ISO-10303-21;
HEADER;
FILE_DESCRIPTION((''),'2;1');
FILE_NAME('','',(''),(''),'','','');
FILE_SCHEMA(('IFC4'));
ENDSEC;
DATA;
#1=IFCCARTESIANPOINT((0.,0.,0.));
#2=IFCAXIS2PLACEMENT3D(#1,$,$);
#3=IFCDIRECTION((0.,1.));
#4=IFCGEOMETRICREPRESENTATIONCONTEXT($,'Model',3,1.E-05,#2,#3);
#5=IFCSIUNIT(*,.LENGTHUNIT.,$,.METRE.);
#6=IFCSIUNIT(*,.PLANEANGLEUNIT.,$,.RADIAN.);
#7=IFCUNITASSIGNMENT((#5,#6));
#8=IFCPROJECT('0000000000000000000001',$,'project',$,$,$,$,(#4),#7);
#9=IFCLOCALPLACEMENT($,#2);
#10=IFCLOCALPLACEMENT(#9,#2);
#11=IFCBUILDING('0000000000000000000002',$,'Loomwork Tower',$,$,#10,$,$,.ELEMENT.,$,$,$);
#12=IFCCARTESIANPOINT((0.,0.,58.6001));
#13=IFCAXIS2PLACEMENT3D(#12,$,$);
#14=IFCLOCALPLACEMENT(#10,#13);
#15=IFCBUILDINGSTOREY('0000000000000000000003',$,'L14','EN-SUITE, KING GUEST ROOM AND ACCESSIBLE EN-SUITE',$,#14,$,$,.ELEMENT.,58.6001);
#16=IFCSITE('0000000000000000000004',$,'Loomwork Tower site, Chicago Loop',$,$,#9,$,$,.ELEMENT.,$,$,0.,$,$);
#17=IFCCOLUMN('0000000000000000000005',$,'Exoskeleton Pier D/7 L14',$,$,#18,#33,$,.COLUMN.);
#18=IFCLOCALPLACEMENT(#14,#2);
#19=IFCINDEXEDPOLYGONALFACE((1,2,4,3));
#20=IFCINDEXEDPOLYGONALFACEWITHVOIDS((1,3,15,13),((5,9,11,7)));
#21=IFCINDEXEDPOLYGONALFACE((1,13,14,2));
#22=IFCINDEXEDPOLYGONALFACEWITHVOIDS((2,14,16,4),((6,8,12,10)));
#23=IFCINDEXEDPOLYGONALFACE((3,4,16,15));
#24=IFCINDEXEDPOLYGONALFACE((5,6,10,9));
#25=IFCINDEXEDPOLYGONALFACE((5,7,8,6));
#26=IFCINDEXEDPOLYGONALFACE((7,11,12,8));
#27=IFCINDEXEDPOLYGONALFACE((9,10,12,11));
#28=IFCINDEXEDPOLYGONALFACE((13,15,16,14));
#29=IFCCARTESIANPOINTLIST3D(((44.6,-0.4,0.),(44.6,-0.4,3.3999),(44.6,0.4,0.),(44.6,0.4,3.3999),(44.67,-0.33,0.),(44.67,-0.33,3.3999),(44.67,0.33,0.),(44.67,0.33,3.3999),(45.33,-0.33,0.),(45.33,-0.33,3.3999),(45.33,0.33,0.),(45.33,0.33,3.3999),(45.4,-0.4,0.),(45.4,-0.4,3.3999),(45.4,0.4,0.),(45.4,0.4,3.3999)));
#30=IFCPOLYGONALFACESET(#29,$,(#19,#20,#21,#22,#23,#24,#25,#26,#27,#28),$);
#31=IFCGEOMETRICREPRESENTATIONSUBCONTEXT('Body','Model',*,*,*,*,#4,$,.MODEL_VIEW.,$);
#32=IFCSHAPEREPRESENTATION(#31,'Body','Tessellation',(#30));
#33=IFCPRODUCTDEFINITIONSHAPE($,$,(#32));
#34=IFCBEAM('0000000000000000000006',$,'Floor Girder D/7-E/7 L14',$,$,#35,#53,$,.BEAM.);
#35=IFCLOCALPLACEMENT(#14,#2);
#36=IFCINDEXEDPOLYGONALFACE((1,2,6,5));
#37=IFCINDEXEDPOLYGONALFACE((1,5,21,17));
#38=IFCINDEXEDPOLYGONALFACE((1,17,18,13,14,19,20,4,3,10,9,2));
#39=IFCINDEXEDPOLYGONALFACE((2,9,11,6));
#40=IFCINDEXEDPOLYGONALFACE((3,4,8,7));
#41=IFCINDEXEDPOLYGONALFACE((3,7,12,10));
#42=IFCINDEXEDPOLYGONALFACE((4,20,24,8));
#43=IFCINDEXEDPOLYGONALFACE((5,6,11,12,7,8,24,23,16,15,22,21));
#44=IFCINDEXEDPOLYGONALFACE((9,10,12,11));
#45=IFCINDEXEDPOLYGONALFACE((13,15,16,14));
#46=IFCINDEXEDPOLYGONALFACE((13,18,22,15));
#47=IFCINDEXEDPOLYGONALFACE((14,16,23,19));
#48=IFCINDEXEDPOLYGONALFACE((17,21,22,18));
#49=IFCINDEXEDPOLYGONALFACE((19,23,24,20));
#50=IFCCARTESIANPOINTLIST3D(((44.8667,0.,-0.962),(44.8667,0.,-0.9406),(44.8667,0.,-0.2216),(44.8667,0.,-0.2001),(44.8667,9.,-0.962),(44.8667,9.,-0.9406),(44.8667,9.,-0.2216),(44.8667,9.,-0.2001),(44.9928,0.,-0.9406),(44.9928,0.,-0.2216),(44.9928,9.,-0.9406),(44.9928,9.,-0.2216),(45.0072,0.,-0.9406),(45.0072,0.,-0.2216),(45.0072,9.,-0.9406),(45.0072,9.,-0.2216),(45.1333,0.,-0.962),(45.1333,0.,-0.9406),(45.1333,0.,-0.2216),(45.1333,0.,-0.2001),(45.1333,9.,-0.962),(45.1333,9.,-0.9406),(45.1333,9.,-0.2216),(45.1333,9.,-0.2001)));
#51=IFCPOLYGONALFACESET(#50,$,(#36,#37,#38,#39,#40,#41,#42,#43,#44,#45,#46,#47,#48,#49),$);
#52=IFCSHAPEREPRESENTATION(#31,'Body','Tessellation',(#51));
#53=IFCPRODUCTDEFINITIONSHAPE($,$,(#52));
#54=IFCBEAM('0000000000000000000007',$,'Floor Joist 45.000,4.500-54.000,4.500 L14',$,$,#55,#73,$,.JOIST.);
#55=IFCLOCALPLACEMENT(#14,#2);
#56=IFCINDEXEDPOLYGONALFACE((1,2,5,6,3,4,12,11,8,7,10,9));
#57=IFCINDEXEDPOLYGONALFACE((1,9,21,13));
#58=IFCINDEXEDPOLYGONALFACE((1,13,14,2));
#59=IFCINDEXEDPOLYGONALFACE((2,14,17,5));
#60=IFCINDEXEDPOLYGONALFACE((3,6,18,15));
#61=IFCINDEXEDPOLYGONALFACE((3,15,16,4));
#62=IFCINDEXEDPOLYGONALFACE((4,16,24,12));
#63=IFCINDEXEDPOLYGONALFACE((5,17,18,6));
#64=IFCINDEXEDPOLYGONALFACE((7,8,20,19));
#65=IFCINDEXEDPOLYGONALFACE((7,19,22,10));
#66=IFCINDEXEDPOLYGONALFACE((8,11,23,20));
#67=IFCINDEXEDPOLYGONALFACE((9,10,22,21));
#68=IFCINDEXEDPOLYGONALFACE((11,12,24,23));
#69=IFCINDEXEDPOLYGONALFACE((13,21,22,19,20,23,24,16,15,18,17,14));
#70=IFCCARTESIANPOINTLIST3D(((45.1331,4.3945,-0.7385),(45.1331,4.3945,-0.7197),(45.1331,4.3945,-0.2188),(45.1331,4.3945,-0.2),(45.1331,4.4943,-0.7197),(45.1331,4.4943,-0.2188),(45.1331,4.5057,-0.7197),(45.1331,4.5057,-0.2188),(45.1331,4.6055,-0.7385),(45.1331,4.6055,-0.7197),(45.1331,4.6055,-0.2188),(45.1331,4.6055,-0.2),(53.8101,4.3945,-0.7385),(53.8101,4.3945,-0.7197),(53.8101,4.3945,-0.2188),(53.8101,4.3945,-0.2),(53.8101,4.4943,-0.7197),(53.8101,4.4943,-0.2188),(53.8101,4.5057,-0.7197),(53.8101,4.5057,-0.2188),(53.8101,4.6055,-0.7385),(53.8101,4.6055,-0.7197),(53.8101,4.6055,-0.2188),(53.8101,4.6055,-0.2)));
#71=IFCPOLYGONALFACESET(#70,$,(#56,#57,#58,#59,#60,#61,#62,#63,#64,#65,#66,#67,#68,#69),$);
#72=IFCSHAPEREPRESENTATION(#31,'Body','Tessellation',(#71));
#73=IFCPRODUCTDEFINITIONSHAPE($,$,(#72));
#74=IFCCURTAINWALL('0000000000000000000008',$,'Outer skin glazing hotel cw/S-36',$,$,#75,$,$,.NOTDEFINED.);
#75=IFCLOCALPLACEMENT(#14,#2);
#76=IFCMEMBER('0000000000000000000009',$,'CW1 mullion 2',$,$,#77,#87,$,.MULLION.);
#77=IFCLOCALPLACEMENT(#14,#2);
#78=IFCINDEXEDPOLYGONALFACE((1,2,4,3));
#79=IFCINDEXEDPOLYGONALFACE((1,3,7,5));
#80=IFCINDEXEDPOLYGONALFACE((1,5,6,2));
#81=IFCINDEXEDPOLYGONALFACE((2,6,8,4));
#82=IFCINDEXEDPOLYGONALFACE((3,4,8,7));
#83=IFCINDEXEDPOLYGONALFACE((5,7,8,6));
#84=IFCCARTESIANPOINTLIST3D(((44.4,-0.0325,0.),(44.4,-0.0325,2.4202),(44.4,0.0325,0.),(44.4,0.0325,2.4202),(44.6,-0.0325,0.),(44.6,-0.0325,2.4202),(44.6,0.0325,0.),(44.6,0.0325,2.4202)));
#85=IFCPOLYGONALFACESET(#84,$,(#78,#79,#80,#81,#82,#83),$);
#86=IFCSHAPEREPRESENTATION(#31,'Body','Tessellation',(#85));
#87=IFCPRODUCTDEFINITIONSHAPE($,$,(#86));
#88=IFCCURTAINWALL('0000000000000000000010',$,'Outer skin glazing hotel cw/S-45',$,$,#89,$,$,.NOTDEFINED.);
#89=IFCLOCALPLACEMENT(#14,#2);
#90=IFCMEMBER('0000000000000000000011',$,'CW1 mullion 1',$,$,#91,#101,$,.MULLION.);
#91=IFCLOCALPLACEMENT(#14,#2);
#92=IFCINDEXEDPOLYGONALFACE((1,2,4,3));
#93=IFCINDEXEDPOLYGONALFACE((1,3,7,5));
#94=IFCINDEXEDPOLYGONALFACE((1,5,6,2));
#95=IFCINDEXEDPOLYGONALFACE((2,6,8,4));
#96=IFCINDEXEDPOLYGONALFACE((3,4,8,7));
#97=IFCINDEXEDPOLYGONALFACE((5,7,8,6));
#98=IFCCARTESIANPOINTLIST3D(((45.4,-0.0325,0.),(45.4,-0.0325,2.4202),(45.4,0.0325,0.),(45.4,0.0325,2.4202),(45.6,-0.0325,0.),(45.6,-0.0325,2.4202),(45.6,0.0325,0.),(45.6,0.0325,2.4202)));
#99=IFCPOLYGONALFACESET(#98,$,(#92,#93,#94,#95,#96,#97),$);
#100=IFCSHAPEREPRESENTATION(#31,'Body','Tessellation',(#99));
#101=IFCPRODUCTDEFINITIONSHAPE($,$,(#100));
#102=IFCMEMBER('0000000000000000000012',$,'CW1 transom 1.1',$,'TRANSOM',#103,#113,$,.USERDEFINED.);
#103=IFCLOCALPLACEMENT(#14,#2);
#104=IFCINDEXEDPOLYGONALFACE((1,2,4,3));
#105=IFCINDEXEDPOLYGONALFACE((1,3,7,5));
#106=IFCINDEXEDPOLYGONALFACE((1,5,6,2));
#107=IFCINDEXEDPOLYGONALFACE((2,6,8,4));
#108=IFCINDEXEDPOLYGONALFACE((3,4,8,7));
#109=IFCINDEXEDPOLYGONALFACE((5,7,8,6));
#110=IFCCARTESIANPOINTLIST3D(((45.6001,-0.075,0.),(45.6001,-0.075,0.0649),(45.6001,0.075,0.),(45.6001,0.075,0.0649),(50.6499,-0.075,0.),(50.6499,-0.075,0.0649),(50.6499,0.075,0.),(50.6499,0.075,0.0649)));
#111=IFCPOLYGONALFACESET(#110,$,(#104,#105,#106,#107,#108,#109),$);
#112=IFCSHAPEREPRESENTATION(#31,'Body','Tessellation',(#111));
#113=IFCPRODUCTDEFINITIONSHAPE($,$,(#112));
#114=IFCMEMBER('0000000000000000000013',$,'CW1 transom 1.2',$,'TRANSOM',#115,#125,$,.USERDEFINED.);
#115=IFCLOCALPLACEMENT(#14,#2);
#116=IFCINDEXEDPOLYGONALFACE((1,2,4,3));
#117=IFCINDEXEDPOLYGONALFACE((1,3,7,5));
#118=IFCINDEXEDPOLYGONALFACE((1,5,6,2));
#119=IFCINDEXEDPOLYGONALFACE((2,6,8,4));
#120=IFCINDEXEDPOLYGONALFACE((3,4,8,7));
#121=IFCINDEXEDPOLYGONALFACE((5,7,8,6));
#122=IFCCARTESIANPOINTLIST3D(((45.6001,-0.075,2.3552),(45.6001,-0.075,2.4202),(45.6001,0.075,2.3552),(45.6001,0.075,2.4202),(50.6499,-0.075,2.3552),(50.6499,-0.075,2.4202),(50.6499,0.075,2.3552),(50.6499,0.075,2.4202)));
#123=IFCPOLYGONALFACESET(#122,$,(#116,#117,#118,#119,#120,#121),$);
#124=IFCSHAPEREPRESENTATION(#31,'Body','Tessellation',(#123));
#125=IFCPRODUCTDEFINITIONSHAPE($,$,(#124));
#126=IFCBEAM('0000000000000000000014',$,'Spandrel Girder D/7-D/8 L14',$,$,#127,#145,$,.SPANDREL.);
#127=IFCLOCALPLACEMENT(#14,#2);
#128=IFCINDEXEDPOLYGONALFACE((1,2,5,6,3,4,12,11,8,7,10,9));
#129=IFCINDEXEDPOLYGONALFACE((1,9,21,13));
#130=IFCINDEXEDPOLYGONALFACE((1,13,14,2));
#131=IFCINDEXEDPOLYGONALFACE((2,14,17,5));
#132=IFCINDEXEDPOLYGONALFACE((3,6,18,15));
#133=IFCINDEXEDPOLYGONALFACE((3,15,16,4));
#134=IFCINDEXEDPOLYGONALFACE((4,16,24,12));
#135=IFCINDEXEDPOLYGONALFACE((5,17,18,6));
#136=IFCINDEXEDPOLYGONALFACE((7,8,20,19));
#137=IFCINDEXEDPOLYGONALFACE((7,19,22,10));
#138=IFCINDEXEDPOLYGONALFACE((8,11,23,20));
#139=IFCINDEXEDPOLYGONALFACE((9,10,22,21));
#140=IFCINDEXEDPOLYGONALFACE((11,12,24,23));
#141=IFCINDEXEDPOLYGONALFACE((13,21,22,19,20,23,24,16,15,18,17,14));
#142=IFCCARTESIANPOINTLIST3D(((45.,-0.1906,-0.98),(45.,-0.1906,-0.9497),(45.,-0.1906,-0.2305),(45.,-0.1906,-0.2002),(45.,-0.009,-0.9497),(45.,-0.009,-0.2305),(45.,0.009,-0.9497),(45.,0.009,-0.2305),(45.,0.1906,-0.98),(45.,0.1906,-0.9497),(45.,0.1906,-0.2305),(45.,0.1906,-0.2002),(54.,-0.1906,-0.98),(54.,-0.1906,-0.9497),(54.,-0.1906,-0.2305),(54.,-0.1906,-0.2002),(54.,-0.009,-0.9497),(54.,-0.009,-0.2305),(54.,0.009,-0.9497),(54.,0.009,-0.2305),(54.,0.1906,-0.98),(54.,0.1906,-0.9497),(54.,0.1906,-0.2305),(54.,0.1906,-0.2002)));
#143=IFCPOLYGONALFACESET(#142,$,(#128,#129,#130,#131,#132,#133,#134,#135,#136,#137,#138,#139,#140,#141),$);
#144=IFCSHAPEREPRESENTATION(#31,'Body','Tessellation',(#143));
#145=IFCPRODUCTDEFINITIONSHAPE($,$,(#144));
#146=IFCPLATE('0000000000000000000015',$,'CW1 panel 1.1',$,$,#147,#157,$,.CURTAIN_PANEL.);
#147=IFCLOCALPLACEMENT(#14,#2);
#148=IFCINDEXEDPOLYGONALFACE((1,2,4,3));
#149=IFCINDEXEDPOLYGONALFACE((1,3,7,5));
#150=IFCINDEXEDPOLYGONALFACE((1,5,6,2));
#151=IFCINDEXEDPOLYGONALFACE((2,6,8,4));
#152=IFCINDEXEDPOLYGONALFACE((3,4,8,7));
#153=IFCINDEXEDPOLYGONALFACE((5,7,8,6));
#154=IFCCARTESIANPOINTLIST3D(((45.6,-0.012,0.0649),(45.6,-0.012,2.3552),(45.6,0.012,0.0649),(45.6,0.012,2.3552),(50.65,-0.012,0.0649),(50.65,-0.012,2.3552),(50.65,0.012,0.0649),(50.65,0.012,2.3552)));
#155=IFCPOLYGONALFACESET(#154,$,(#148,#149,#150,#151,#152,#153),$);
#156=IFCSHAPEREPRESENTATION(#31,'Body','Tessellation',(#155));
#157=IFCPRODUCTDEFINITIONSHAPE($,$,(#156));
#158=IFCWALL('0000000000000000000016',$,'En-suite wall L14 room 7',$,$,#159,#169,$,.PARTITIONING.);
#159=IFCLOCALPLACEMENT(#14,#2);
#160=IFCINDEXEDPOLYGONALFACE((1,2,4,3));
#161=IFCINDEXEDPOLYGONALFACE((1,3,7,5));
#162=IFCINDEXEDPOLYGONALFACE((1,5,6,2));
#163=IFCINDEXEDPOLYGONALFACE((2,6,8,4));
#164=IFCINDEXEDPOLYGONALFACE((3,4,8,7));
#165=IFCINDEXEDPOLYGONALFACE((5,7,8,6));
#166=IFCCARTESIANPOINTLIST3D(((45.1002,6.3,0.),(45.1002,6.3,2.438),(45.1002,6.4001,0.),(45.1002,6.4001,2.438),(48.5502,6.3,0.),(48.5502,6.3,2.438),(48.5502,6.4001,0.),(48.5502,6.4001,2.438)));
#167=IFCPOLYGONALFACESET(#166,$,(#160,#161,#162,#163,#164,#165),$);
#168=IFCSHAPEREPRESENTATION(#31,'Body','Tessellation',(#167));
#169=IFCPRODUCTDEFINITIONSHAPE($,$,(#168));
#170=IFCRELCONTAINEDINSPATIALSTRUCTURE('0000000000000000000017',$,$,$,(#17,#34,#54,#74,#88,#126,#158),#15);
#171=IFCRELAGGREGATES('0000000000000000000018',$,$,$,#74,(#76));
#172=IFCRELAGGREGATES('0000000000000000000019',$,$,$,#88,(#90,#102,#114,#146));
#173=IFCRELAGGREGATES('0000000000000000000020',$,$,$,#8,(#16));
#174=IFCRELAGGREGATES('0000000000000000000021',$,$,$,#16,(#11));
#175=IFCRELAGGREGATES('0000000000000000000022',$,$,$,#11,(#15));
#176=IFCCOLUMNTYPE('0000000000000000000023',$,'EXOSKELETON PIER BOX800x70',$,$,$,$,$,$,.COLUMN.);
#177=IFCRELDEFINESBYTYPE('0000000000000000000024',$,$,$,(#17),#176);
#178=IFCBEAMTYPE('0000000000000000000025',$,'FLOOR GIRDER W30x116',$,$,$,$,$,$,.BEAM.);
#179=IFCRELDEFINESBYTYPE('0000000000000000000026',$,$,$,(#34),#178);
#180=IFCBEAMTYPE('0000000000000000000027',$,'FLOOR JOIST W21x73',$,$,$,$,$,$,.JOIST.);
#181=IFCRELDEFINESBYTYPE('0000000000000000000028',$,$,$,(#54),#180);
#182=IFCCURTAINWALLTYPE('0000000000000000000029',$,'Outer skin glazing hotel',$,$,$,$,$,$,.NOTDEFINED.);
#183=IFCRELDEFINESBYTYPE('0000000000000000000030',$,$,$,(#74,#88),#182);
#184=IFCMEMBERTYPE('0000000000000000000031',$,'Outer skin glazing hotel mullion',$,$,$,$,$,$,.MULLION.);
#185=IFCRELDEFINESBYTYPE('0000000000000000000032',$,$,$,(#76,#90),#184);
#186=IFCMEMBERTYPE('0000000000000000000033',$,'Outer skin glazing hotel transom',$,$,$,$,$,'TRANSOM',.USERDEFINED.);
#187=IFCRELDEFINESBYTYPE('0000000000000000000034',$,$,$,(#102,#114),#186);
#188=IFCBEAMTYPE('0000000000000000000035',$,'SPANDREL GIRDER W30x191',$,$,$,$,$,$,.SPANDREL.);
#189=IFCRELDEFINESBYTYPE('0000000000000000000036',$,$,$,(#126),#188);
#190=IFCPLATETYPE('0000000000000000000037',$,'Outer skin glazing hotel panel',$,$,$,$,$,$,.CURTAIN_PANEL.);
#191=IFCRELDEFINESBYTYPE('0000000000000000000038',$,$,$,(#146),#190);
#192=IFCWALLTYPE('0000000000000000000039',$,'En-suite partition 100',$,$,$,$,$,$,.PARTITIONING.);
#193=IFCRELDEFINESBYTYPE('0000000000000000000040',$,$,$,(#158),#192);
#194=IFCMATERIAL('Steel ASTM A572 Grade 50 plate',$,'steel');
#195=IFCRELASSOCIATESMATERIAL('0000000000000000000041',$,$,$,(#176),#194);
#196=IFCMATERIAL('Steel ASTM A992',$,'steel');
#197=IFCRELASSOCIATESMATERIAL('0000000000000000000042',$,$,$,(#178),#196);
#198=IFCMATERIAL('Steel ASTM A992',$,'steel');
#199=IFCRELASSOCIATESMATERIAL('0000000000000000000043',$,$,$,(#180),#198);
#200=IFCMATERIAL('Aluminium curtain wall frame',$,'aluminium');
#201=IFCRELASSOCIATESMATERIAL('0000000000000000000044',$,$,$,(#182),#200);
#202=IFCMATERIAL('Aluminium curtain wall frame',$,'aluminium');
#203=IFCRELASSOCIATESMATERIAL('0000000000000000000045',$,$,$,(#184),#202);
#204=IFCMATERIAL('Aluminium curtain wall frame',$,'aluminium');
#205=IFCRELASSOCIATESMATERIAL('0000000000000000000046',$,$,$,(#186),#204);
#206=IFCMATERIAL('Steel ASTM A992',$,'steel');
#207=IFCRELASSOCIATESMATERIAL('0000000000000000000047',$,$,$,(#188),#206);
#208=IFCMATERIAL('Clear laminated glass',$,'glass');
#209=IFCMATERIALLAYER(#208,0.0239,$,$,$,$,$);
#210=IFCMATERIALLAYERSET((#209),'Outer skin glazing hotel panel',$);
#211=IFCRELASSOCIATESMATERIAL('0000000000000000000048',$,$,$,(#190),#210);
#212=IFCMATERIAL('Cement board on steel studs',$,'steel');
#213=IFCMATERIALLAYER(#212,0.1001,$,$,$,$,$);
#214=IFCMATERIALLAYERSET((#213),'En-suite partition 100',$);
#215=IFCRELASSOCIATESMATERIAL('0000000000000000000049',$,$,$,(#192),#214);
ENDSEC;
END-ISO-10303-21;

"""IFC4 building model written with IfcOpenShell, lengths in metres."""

from ifc_helpers import new_model, si_unit, direction, frame, frame_2d, origin, origin_2d, place, context, subcontext, project, spatial, rectangle, hollow_rectangle, i_section, extrude, material, layer, layer_set, material_profile, profile_set, type_object, element, aggregate, save


model = new_model("IFC4")

# Units and contexts
model_context = context("Model", 3, precision=1e-05, world=origin(), true_north=direction((0.0, 1.0)))
body_context = subcontext(model_context, "Body", "Model", "MODEL_VIEW")
ifc_project = project(units=[si_unit("LENGTHUNIT", "METRE"), si_unit("PLANEANGLEUNIT", "RADIAN")], contexts=[model_context])

# Site, building, storey
site_placement = place(None, origin())
site = spatial("IfcSite", under=ifc_project, at=site_placement, Name="Loomwork Tower site, Chicago Loop", CompositionType="ELEMENT", RefElevation=0.0)
building_placement = place(site_placement, origin())
building = spatial("IfcBuilding", under=site, at=building_placement, Name="Loomwork Tower", CompositionType="ELEMENT")
storey_placement = place(building_placement, frame((0.0, 0.0, 58.6001)))
storey = spatial("IfcBuildingStorey", under=building, at=storey_placement, Name="L14", Description="EN-SUITE, KING GUEST ROOM AND ACCESSIBLE EN-SUITE", CompositionType="ELEMENT", Elevation=58.6001)

# Column
ifc_material_1 = material(Name="Steel ASTM A572 Grade 50 plate", Category="steel")
ifc_material_profile_1 = material_profile(ifc_material_1, hollow_rectangle(XDim=0.8, YDim=0.8, WallThickness=0.0701, at=origin_2d()), Name="BOX800x70")
ifc_profile_set_1 = profile_set([ifc_material_profile_1], Name="Steel ASTM A572 Grade 50 plate")
column_type = type_object("IfcColumnType", Name="EXOSKELETON PIER BOX800x70", PredefinedType="COLUMN", material=ifc_profile_set_1)
column_placement = place(storey_placement, frame((45.0, 0.0, 0.0), z_axis=(0.0, 0.0, 1.0), x_axis=(1.0, 0.0, 0.0)))
element("IfcColumn", 1, at=column_placement, inside=storey, type_object=column_type, Name="Exoskeleton Pier D/7 L14", PredefinedType="COLUMN", context=body_context, shape_type="SweptSolid", body=[
    extrude(hollow_rectangle(XDim=0.8, YDim=0.8, WallThickness=0.0701, at=origin_2d()), origin(), (0.0, 0.0, 1.0), 3.3999),
])

# Beams
ifc_material_2 = material(Name="Steel ASTM A992", Category="steel")
ifc_material_profile_2 = material_profile(ifc_material_2, i_section(OverallWidth=0.2666, OverallDepth=0.762, WebThickness=0.0144, FlangeThickness=0.0215, at=origin_2d()), Name="W30x116")
ifc_profile_set_2 = profile_set([ifc_material_profile_2], Name="Steel ASTM A992")
beam_type_1 = type_object("IfcBeamType", Name="FLOOR GIRDER W30x116", PredefinedType="BEAM", material=ifc_profile_set_2)
beam_1_placement = place(storey_placement, frame((45.0, 0.0, -0.5811), z_axis=(0.0, 1.0, 0.0), x_axis=(-1.0, 0.0, 0.0)))
element("IfcBeam", 2, at=beam_1_placement, inside=storey, type_object=beam_type_1, Name="Floor Girder D/7-E/7 L14", PredefinedType="BEAM", context=body_context, shape_type="SweptSolid", body=[
    extrude(i_section(OverallWidth=0.2666, OverallDepth=0.762, WebThickness=0.0144, FlangeThickness=0.0215, at=origin_2d()), origin(), (0.0, 0.0, 1.0), 9.0),
])
ifc_material_3 = material(Name="Steel ASTM A992", Category="steel")
ifc_material_profile_3 = material_profile(ifc_material_3, i_section(OverallWidth=0.2109, OverallDepth=0.5386, WebThickness=0.0115, FlangeThickness=0.0188, at=origin_2d()), Name="W21x73")
ifc_profile_set_3 = profile_set([ifc_material_profile_3], Name="Steel ASTM A992")
beam_type_2 = type_object("IfcBeamType", Name="FLOOR JOIST W21x73", PredefinedType="JOIST", material=ifc_profile_set_3)
beam_2_placement = place(storey_placement, frame((45.1331, 4.5, -0.4692), z_axis=(1.0, 0.0, 0.0), x_axis=(0.0, 1.0, 0.0)))
element("IfcBeam", 3, at=beam_2_placement, inside=storey, type_object=beam_type_2, Name="Floor Joist 45.000,4.500-54.000,4.500 L14", PredefinedType="JOIST", context=body_context, shape_type="SweptSolid", body=[
    extrude(i_section(OverallWidth=0.2109, OverallDepth=0.5386, WebThickness=0.0115, FlangeThickness=0.0188, at=origin_2d()), origin(), (0.0, 0.0, 1.0), 8.677),
])

# Curtain wall, member
ifc_material_4 = material(Name="Aluminium curtain wall frame", Category="aluminium")
curtain_wall_type = type_object("IfcCurtainWallType", Name="Outer skin glazing hotel", PredefinedType="NOTDEFINED", material=ifc_material_4)
curtain_wall_1_placement = place(storey_placement, origin())
curtain_wall_1 = element("IfcCurtainWall", 4, at=curtain_wall_1_placement, inside=storey, type_object=curtain_wall_type, Name="Outer skin glazing hotel cw/S-36", PredefinedType="NOTDEFINED")
ifc_material_5 = material(Name="Aluminium curtain wall frame", Category="aluminium")
ifc_material_profile_4 = material_profile(ifc_material_5, rectangle(XDim=0.0649, YDim=0.2, at=origin_2d()), Name="AL 65x200")
ifc_profile_set_4 = profile_set([ifc_material_profile_4], Name="Aluminium curtain wall frame")
member_type_1 = type_object("IfcMemberType", Name="Outer skin glazing hotel mullion", PredefinedType="MULLION", material=ifc_profile_set_4)
member_1_placement = place(storey_placement, frame((44.5, 0.0, 0.0), z_axis=(0.0, 0.0, 1.0), x_axis=(0.0, 1.0, 0.0)))
member_1 = element("IfcMember", 5, at=member_1_placement, type_object=member_type_1, Name="CW1 mullion 2", PredefinedType="MULLION", context=body_context, shape_type="SweptSolid", body=[
    extrude(rectangle(XDim=0.0649, YDim=0.2, at=origin_2d()), origin(), (0.0, 0.0, 1.0), 2.4202),
])
aggregate(curtain_wall_1, [member_1])

# Curtain wall, members
curtain_wall_2_placement = place(storey_placement, origin())
curtain_wall_2 = element("IfcCurtainWall", 6, at=curtain_wall_2_placement, inside=storey, type_object=curtain_wall_type, Name="Outer skin glazing hotel cw/S-45", PredefinedType="NOTDEFINED")
member_2_placement = place(storey_placement, frame((45.5, 0.0, 0.0), z_axis=(0.0, 0.0, 1.0), x_axis=(0.0, 1.0, 0.0)))
member_2 = element("IfcMember", 7, at=member_2_placement, type_object=member_type_1, Name="CW1 mullion 1", PredefinedType="MULLION", context=body_context, shape_type="SweptSolid", body=[
    extrude(rectangle(XDim=0.0649, YDim=0.2, at=origin_2d()), origin(), (0.0, 0.0, 1.0), 2.4202),
])
ifc_material_6 = material(Name="Aluminium curtain wall frame", Category="aluminium")
ifc_material_profile_5 = material_profile(ifc_material_6, rectangle(XDim=0.1499, YDim=0.0649, at=origin_2d()), Name="AL 65x150")
ifc_profile_set_5 = profile_set([ifc_material_profile_5], Name="Aluminium curtain wall frame")
member_type_2 = type_object("IfcMemberType", Name="Outer skin glazing hotel transom", ElementType="TRANSOM", PredefinedType="USERDEFINED", material=ifc_profile_set_5)
member_3_placement = place(storey_placement, frame((45.6001, 0.0, 0.0325), z_axis=(1.0, 0.0, 0.0), x_axis=(0.0, 1.0, 0.0)))
member_3 = element("IfcMember", 8, at=member_3_placement, type_object=member_type_2, Name="CW1 transom 1.1", ObjectType="TRANSOM", PredefinedType="USERDEFINED", context=body_context, shape_type="SweptSolid", body=[
    extrude(rectangle(XDim=0.1499, YDim=0.0649, at=origin_2d()), origin(), (0.0, 0.0, 1.0), 5.0498),
])
member_4_placement = place(storey_placement, frame((45.6001, 0.0, 2.3877), z_axis=(1.0, 0.0, 0.0), x_axis=(0.0, 1.0, 0.0)))
member_4 = element("IfcMember", 9, at=member_4_placement, type_object=member_type_2, Name="CW1 transom 1.2", ObjectType="TRANSOM", PredefinedType="USERDEFINED", context=body_context, shape_type="SweptSolid", body=[
    extrude(rectangle(XDim=0.1499, YDim=0.0649, at=origin_2d()), origin(), (0.0, 0.0, 1.0), 5.0498),
])

# Beam
ifc_material_7 = material(Name="Steel ASTM A992", Category="steel")
ifc_material_profile_6 = material_profile(ifc_material_7, i_section(OverallWidth=0.3811, OverallDepth=0.7798, WebThickness=0.0181, FlangeThickness=0.0303, at=origin_2d()), Name="W30x191")
ifc_profile_set_6 = profile_set([ifc_material_profile_6], Name="Steel ASTM A992")
beam_type_3 = type_object("IfcBeamType", Name="SPANDREL GIRDER W30x191", PredefinedType="SPANDREL", material=ifc_profile_set_6)
beam_3_placement = place(storey_placement, frame((45.0, 0.0, -0.5901), z_axis=(1.0, 0.0, 0.0), x_axis=(0.0, 1.0, 0.0)))
element("IfcBeam", 10, at=beam_3_placement, inside=storey, type_object=beam_type_3, Name="Spandrel Girder D/7-D/8 L14", PredefinedType="SPANDREL", context=body_context, shape_type="SweptSolid", body=[
    extrude(i_section(OverallWidth=0.3811, OverallDepth=0.7798, WebThickness=0.0181, FlangeThickness=0.0303, at=origin_2d()), origin(), (0.0, 0.0, 1.0), 9.0),
])

# Plate
ifc_material_8 = material(Name="Clear laminated glass", Category="glass")
ifc_layer_1 = layer(ifc_material_8, 0.0239)
ifc_layer_set_1 = layer_set([ifc_layer_1], Name="Outer skin glazing hotel panel")
plate_type = type_object("IfcPlateType", Name="Outer skin glazing hotel panel", PredefinedType="CURTAIN_PANEL", material=ifc_layer_set_1)
plate_placement = place(storey_placement, frame((48.125, 0.0, 0.0649), z_axis=(0.0, 0.0, 1.0), x_axis=(1.0, 0.0, 0.0)))
plate = element("IfcPlate", 11, at=plate_placement, type_object=plate_type, Name="CW1 panel 1.1", PredefinedType="CURTAIN_PANEL", context=body_context, shape_type="SweptSolid", body=[
    extrude(rectangle(XDim=5.05, YDim=0.0239, at=origin_2d()), origin(), (0.0, 0.0, 1.0), 2.2903),
])
aggregate(curtain_wall_2, [member_2, member_3, member_4, plate])

# Wall
ifc_material_9 = material(Name="Cement board on steel studs", Category="steel")
ifc_layer_2 = layer(ifc_material_9, 0.1001)
ifc_layer_set_2 = layer_set([ifc_layer_2], Name="En-suite partition 100")
wall_type_1 = type_object("IfcWallType", Name="En-suite partition 100", PredefinedType="PARTITIONING", material=ifc_layer_set_2)
wall_1_placement = place(storey_placement, frame((45.1001, 6.3501, 0.0), z_axis=(0.0, 0.0, 1.0), x_axis=(1.0, 0.0, 0.0)))
element("IfcWall", 12, at=wall_1_placement, inside=storey, type_object=wall_type_1, Name="En-suite wall L14 room 7", PredefinedType="PARTITIONING", context=body_context, shape_type="SweptSolid", body=[
    extrude(rectangle(XDim=3.45, YDim=0.1001, at=frame_2d((1.7251, 0.0))), origin(), (0.0, 0.0, 1.0), 2.438),
])

save(model, "model.ifc")
